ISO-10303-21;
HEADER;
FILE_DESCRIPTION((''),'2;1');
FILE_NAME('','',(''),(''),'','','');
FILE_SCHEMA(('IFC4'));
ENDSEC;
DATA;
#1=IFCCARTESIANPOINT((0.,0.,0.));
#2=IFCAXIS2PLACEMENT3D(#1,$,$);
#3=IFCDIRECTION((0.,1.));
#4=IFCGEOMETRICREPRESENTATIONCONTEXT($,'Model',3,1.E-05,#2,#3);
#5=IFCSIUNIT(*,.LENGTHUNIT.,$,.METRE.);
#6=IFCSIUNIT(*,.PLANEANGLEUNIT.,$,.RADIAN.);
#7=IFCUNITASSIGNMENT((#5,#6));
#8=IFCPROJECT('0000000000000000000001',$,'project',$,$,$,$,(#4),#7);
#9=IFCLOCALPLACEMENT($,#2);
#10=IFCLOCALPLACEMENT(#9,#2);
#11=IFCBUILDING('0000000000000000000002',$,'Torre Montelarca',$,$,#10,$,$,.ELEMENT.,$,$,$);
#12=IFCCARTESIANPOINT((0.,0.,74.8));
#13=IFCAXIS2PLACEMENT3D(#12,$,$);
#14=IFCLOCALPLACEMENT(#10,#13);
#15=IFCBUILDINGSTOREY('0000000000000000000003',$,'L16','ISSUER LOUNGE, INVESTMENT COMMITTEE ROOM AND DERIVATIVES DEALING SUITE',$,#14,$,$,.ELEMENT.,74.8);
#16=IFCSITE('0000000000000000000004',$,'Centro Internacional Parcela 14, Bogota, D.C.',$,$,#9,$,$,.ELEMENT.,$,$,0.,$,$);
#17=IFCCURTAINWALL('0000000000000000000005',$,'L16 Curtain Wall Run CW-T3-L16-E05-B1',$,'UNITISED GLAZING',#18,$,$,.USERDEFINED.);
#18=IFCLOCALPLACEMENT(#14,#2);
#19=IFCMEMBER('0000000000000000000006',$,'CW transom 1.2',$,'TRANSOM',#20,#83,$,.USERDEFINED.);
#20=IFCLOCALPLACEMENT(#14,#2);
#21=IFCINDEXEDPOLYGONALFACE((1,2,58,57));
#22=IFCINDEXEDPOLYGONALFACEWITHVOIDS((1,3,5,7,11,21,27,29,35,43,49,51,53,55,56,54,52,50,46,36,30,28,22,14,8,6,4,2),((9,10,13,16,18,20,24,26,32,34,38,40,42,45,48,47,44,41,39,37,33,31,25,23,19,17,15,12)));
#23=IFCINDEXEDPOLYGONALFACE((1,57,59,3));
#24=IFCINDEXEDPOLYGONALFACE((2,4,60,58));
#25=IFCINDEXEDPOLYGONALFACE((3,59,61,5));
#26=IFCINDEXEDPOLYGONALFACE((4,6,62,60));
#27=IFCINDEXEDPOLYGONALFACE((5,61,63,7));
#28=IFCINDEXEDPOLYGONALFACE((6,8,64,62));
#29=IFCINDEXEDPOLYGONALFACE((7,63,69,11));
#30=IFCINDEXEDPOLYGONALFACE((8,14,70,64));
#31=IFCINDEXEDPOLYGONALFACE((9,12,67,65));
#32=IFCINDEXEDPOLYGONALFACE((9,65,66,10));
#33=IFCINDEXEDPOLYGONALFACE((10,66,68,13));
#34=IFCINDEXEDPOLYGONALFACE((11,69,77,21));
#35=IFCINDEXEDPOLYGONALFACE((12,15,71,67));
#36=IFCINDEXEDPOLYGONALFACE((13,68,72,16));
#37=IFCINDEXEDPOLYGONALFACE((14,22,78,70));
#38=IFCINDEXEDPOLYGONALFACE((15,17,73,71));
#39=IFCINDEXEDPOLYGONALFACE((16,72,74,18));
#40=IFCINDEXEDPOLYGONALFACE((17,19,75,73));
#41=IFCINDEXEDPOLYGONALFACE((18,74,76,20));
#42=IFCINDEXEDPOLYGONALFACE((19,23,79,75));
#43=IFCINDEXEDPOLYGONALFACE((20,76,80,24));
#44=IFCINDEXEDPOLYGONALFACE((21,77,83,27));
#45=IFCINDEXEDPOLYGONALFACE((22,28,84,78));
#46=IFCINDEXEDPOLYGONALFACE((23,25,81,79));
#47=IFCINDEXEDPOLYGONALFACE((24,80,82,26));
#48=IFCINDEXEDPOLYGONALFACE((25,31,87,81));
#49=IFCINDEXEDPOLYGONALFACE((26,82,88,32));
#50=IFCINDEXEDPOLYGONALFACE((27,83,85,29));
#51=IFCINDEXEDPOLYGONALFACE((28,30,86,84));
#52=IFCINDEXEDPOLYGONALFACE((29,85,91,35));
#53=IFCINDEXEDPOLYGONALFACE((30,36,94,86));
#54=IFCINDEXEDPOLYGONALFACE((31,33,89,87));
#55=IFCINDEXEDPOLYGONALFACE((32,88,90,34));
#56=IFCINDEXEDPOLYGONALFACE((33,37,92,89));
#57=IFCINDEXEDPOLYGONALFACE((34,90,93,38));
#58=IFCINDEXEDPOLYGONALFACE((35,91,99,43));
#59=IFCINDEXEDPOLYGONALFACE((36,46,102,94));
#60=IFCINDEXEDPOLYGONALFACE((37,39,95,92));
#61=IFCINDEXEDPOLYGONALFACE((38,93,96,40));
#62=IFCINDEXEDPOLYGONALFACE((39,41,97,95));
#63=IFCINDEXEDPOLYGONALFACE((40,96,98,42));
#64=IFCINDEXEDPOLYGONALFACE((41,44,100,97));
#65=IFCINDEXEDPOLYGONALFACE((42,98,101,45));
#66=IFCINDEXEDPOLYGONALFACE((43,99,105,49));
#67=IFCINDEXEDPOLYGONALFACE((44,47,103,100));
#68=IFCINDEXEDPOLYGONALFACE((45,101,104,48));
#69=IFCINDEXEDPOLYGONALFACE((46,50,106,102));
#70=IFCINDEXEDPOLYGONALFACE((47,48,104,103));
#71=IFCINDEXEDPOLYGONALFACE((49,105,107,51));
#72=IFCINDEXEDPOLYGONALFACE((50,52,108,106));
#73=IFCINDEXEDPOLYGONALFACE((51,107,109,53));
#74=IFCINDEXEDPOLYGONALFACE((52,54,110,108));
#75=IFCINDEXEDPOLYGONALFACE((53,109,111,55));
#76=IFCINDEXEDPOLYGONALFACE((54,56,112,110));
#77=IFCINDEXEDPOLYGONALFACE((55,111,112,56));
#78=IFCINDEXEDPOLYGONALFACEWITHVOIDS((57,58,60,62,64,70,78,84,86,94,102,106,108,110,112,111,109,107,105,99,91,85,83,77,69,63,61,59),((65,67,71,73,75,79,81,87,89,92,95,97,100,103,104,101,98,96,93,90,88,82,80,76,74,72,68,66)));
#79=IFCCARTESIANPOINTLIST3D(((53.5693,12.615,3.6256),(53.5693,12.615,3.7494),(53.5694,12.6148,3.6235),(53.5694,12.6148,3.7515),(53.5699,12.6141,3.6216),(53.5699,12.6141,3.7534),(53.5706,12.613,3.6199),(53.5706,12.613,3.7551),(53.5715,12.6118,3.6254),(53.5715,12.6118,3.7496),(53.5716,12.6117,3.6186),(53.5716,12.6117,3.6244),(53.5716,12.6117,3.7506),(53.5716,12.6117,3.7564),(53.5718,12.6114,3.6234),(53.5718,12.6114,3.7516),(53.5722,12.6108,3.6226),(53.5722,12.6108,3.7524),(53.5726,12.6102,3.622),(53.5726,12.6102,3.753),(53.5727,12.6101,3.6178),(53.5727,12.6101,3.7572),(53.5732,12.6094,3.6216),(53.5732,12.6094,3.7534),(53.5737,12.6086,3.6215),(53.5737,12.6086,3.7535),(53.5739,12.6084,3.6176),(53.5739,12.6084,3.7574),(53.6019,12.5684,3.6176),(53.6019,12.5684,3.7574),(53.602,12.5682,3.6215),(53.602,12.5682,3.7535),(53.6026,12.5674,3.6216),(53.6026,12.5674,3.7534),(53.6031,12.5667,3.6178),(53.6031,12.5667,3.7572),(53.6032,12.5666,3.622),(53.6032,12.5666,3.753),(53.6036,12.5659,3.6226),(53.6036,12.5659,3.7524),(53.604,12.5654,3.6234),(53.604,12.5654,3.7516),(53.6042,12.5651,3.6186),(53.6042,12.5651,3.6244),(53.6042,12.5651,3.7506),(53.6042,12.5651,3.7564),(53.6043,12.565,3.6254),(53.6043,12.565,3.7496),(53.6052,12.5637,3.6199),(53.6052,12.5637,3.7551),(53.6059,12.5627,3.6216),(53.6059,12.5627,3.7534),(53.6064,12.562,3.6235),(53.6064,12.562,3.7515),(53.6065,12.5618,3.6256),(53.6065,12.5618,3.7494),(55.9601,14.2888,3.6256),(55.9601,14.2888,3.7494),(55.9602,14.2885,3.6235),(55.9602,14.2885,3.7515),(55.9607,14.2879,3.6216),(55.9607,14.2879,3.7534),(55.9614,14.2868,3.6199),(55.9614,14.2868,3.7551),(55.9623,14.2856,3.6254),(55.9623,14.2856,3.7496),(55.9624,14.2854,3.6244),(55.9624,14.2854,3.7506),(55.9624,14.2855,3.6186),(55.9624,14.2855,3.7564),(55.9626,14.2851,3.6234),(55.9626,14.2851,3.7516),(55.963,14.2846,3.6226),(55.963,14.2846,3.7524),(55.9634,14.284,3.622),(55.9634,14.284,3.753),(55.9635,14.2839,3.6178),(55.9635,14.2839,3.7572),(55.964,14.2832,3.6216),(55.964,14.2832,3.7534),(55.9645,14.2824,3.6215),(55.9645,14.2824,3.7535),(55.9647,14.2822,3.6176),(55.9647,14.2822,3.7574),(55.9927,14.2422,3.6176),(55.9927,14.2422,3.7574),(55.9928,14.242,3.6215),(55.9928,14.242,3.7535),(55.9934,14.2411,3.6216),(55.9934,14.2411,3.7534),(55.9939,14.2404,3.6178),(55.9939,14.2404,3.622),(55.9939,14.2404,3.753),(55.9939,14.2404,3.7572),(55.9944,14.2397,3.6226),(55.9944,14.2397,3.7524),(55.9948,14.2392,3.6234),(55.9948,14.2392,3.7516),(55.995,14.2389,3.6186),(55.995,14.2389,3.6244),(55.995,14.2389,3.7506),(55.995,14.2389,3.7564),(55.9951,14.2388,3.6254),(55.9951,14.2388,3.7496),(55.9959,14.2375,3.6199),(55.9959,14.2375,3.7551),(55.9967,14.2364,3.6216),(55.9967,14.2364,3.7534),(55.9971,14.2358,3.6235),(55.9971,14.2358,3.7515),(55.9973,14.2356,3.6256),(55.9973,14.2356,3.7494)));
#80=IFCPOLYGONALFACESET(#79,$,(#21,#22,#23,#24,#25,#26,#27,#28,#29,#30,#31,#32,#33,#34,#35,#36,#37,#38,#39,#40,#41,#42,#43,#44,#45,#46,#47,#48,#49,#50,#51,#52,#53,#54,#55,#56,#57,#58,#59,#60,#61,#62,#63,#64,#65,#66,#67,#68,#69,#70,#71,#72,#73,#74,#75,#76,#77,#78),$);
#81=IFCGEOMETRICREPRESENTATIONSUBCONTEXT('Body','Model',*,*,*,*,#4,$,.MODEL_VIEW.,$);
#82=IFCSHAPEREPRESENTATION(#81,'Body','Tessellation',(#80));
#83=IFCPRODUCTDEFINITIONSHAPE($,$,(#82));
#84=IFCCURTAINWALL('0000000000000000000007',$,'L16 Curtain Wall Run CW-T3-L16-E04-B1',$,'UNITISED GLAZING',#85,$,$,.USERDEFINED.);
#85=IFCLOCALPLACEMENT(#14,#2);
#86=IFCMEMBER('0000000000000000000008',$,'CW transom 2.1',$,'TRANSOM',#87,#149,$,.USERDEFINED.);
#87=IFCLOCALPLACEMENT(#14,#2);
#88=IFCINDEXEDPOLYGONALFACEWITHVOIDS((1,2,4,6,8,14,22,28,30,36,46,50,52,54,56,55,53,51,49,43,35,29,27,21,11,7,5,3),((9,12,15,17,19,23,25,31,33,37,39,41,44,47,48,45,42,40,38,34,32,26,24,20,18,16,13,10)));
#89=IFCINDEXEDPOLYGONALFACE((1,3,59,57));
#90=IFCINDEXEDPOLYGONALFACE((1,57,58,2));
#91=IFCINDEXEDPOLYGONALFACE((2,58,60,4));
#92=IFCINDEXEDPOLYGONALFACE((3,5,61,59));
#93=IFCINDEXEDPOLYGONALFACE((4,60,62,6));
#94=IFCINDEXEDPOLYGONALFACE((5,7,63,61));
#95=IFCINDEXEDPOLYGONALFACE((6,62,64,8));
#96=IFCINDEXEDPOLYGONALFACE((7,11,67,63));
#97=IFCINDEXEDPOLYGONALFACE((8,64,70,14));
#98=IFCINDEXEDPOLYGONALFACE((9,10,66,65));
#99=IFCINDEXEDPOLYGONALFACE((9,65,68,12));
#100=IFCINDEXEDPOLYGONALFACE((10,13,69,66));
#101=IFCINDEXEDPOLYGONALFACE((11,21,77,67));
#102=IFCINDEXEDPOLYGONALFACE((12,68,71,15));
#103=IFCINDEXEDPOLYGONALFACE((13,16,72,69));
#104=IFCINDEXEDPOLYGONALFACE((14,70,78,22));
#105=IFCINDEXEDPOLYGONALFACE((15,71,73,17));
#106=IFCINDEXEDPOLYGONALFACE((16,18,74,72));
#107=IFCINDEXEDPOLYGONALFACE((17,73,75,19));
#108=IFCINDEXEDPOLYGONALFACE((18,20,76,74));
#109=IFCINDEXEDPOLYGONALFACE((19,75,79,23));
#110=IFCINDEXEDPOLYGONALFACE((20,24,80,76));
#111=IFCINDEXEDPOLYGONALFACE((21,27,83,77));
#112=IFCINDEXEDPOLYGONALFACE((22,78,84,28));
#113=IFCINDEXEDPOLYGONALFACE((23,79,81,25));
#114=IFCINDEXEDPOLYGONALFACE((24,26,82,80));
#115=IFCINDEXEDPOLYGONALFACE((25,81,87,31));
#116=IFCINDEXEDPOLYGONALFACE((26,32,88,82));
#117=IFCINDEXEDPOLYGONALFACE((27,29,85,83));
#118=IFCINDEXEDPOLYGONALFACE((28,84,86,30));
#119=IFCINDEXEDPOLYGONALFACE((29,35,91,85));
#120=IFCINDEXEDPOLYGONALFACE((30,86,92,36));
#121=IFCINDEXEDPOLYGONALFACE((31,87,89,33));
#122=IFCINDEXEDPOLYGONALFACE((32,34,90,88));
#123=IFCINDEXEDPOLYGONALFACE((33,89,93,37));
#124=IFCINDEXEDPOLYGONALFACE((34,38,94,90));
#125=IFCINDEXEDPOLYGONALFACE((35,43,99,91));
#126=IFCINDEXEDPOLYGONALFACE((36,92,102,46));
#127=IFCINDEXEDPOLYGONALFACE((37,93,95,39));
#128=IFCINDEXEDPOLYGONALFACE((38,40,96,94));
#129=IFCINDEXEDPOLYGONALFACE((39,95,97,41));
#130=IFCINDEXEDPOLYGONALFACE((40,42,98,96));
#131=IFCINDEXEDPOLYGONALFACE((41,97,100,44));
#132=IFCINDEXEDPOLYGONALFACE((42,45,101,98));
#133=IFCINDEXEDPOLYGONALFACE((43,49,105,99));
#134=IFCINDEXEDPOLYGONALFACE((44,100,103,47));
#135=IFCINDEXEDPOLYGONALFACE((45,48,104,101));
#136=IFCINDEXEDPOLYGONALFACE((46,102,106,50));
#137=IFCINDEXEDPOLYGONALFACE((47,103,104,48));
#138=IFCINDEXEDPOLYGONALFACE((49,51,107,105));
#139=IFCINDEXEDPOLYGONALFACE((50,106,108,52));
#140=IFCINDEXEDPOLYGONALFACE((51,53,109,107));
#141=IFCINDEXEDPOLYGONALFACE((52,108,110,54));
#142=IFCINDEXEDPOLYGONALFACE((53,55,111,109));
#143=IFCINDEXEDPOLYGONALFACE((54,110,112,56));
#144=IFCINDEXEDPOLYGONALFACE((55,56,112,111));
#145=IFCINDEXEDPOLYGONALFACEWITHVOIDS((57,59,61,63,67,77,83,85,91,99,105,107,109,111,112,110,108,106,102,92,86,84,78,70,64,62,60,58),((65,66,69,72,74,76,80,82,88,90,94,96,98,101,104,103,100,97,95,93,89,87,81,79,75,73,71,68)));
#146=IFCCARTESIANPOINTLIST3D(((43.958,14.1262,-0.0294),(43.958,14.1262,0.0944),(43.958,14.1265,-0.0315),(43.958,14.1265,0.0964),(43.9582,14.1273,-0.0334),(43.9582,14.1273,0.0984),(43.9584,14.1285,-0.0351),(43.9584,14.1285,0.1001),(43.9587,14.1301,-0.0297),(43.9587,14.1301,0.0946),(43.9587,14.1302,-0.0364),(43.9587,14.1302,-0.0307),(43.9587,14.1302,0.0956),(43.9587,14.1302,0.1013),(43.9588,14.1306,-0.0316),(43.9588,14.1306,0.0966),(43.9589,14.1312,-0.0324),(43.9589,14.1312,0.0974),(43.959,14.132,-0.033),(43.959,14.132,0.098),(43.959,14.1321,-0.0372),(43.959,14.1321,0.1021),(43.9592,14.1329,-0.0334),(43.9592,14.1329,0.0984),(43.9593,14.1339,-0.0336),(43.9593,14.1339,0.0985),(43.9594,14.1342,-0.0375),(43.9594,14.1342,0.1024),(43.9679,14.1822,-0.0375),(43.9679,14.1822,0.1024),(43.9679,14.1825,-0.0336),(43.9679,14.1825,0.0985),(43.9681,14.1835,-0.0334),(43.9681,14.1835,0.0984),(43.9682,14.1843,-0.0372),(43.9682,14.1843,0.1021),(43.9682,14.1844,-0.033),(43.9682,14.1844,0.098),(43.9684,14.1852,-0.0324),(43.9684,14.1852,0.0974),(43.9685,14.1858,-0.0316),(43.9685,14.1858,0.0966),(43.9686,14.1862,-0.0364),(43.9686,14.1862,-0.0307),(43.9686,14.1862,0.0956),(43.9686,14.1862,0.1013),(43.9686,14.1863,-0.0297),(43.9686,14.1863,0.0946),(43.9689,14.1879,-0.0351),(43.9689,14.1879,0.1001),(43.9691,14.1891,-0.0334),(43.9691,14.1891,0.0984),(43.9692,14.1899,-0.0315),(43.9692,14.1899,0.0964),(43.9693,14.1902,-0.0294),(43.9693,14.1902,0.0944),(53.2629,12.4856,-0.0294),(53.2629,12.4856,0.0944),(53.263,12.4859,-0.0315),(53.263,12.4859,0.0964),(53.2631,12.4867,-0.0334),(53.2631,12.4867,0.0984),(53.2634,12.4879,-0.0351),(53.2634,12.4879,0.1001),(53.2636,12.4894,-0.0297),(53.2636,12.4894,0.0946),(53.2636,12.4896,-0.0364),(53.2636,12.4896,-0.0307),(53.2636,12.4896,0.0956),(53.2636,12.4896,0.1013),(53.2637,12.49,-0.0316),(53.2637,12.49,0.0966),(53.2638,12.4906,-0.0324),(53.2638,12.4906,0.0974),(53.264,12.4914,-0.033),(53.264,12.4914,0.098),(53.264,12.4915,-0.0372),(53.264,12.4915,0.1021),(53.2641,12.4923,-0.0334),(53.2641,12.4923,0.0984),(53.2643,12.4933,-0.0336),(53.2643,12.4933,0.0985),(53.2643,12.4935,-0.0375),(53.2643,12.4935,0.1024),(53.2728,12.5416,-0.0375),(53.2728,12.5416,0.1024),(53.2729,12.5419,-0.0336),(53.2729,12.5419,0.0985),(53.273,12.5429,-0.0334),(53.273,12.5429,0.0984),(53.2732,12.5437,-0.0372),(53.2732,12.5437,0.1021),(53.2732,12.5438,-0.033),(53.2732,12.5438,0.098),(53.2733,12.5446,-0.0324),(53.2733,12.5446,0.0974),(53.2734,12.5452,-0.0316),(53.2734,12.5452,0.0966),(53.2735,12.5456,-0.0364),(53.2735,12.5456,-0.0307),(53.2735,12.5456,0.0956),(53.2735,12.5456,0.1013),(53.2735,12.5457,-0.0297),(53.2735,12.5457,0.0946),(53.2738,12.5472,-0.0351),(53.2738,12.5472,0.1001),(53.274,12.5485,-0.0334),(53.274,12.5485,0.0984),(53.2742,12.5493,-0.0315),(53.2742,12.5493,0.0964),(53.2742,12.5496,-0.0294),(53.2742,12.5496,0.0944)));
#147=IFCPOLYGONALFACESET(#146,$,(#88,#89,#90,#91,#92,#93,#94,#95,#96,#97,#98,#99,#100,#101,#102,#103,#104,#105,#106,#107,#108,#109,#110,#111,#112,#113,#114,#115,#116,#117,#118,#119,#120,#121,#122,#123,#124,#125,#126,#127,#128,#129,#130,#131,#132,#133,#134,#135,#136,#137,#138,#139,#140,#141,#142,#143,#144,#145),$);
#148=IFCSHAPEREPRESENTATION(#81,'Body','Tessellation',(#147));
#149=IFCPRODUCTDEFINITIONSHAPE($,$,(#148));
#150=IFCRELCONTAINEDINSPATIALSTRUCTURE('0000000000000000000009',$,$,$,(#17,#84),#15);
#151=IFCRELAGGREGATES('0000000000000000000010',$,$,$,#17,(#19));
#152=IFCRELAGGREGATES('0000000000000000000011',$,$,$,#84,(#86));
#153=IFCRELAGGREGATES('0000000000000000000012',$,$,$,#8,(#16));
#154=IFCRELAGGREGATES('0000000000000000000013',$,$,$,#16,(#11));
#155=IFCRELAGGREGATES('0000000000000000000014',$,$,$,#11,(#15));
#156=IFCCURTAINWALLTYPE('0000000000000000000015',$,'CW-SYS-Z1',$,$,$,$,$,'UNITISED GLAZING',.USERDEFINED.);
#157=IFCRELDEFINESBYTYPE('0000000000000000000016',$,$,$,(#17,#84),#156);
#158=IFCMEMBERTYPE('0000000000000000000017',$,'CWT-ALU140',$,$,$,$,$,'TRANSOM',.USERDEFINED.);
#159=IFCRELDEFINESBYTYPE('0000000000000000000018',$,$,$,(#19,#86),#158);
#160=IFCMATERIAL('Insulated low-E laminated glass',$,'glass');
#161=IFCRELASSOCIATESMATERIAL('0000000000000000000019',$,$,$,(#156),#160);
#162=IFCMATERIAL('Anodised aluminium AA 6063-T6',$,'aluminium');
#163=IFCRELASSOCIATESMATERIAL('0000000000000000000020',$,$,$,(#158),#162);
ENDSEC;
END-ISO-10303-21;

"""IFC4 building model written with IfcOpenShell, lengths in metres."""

from ifc_helpers import new_model, si_unit, direction, frame, origin, origin_2d, place, context, subcontext, project, spatial, hollow_rectangle, extrude, source, transform, mapped, material, material_profile, profile_set, type_object, element, aggregate, save


model = new_model("IFC4")

# Units and contexts
model_context = context("Model", 3, precision=1e-05, world=origin(), true_north=direction((0.0, 1.0)))
body_context = subcontext(model_context, "Body", "Model", "MODEL_VIEW")
ifc_project = project(units=[si_unit("LENGTHUNIT", "METRE"), si_unit("PLANEANGLEUNIT", "RADIAN")], contexts=[model_context])

# Site, building, storey
site_placement = place(None, origin())
site = spatial("IfcSite", under=ifc_project, at=site_placement, Name="Centro Internacional Parcela 14, Bogota, D.C.", CompositionType="ELEMENT", RefElevation=0.0)
building_placement = place(site_placement, origin())
building = spatial("IfcBuilding", under=site, at=building_placement, Name="Torre Montelarca", CompositionType="ELEMENT")
storey_placement = place(building_placement, frame((0.0, 0.0, 74.8)))
storey = spatial("IfcBuildingStorey", under=building, at=storey_placement, Name="L16", Description="ISSUER LOUNGE, INVESTMENT COMMITTEE ROOM AND DERIVATIVES DEALING SUITE", CompositionType="ELEMENT", Elevation=74.8)

# Curtain walls, members
ifc_material_1 = material(Name="Insulated low-E laminated glass", Category="glass")
curtain_wall_type = type_object("IfcCurtainWallType", Name="CW-SYS-Z1", ElementType="UNITISED GLAZING", PredefinedType="USERDEFINED", material=ifc_material_1)
curtain_wall_1_placement = place(storey_placement, origin())
curtain_wall_1 = element("IfcCurtainWall", 1, at=curtain_wall_1_placement, inside=storey, type_object=curtain_wall_type, Name="L16 Curtain Wall Run CW-T3-L16-E05-B1", ObjectType="UNITISED GLAZING", PredefinedType="USERDEFINED")
ifc_material_2 = material(Name="Anodised aluminium AA 6063-T6", Category="aluminium")
ifc_material_profile_1 = material_profile(ifc_material_2, hollow_rectangle(XDim=0.0649, YDim=0.1399, WallThickness=0.0039, InnerFilletRadius=0.0039, OuterFilletRadius=0.0081, at=origin_2d()), Name="ALU65X140X4", Category="aluminium")
ifc_profile_set_1 = profile_set([ifc_material_profile_1], Name="Anodised aluminium AA 6063-T6")
member_type_1 = type_object("IfcMemberType", Name="CWT-ALU140", ElementType="TRANSOM", PredefinedType="USERDEFINED", material=ifc_profile_set_1)
shared_shape_1 = source(origin(), body_context, "Body", "SweptSolid", [
    extrude(hollow_rectangle(XDim=0.0649, YDim=0.1399, WallThickness=0.0039, InnerFilletRadius=0.0039, OuterFilletRadius=0.0081, at=origin_2d()), origin(), (0.0, 0.0, 1.0), 2.9185),
])
member_1_placement = place(storey_placement, frame((53.5879, 12.5884, 3.6875), z_axis=(0.819197, 0.573513, 0.0), x_axis=(-0.573513, 0.819197, 0.0)))
member_1 = element("IfcMember", 2, at=member_1_placement, type_object=member_type_1, Name="CW transom 1.2", ObjectType="TRANSOM", PredefinedType="USERDEFINED", context=body_context, shape_type="MappedRepresentation", body=[
    mapped(shared_shape_1, transform((0.0, 0.0, 0.0), scale=1.0)),
])
curtain_wall_2_placement = place(storey_placement, origin())
curtain_wall_2 = element("IfcCurtainWall", 3, at=curtain_wall_2_placement, inside=storey, type_object=curtain_wall_type, Name="L16 Curtain Wall Run CW-T3-L16-E04-B1", ObjectType="UNITISED GLAZING", PredefinedType="USERDEFINED")
shared_shape_2 = source(origin(), body_context, "Body", "SweptSolid", [
    extrude(hollow_rectangle(XDim=0.0649, YDim=0.1399, WallThickness=0.0039, InnerFilletRadius=0.0039, OuterFilletRadius=0.0081, at=origin_2d()), origin(), (0.0, 0.0, 1.0), 9.4485),
])
member_2_placement = place(storey_placement, frame((43.9636, 14.1582, 0.0325), z_axis=(0.984809, -0.173639, 0.0), x_axis=(0.173639, 0.984809, 0.0)))
member_2 = element("IfcMember", 4, at=member_2_placement, type_object=member_type_1, Name="CW transom 2.1", ObjectType="TRANSOM", PredefinedType="USERDEFINED", context=body_context, shape_type="MappedRepresentation", body=[
    mapped(shared_shape_2, transform((0.0, 0.0, 0.0), scale=1.0)),
])

aggregate(curtain_wall_1, [member_1])
aggregate(curtain_wall_2, [member_2])

save(model, "model.ifc")
